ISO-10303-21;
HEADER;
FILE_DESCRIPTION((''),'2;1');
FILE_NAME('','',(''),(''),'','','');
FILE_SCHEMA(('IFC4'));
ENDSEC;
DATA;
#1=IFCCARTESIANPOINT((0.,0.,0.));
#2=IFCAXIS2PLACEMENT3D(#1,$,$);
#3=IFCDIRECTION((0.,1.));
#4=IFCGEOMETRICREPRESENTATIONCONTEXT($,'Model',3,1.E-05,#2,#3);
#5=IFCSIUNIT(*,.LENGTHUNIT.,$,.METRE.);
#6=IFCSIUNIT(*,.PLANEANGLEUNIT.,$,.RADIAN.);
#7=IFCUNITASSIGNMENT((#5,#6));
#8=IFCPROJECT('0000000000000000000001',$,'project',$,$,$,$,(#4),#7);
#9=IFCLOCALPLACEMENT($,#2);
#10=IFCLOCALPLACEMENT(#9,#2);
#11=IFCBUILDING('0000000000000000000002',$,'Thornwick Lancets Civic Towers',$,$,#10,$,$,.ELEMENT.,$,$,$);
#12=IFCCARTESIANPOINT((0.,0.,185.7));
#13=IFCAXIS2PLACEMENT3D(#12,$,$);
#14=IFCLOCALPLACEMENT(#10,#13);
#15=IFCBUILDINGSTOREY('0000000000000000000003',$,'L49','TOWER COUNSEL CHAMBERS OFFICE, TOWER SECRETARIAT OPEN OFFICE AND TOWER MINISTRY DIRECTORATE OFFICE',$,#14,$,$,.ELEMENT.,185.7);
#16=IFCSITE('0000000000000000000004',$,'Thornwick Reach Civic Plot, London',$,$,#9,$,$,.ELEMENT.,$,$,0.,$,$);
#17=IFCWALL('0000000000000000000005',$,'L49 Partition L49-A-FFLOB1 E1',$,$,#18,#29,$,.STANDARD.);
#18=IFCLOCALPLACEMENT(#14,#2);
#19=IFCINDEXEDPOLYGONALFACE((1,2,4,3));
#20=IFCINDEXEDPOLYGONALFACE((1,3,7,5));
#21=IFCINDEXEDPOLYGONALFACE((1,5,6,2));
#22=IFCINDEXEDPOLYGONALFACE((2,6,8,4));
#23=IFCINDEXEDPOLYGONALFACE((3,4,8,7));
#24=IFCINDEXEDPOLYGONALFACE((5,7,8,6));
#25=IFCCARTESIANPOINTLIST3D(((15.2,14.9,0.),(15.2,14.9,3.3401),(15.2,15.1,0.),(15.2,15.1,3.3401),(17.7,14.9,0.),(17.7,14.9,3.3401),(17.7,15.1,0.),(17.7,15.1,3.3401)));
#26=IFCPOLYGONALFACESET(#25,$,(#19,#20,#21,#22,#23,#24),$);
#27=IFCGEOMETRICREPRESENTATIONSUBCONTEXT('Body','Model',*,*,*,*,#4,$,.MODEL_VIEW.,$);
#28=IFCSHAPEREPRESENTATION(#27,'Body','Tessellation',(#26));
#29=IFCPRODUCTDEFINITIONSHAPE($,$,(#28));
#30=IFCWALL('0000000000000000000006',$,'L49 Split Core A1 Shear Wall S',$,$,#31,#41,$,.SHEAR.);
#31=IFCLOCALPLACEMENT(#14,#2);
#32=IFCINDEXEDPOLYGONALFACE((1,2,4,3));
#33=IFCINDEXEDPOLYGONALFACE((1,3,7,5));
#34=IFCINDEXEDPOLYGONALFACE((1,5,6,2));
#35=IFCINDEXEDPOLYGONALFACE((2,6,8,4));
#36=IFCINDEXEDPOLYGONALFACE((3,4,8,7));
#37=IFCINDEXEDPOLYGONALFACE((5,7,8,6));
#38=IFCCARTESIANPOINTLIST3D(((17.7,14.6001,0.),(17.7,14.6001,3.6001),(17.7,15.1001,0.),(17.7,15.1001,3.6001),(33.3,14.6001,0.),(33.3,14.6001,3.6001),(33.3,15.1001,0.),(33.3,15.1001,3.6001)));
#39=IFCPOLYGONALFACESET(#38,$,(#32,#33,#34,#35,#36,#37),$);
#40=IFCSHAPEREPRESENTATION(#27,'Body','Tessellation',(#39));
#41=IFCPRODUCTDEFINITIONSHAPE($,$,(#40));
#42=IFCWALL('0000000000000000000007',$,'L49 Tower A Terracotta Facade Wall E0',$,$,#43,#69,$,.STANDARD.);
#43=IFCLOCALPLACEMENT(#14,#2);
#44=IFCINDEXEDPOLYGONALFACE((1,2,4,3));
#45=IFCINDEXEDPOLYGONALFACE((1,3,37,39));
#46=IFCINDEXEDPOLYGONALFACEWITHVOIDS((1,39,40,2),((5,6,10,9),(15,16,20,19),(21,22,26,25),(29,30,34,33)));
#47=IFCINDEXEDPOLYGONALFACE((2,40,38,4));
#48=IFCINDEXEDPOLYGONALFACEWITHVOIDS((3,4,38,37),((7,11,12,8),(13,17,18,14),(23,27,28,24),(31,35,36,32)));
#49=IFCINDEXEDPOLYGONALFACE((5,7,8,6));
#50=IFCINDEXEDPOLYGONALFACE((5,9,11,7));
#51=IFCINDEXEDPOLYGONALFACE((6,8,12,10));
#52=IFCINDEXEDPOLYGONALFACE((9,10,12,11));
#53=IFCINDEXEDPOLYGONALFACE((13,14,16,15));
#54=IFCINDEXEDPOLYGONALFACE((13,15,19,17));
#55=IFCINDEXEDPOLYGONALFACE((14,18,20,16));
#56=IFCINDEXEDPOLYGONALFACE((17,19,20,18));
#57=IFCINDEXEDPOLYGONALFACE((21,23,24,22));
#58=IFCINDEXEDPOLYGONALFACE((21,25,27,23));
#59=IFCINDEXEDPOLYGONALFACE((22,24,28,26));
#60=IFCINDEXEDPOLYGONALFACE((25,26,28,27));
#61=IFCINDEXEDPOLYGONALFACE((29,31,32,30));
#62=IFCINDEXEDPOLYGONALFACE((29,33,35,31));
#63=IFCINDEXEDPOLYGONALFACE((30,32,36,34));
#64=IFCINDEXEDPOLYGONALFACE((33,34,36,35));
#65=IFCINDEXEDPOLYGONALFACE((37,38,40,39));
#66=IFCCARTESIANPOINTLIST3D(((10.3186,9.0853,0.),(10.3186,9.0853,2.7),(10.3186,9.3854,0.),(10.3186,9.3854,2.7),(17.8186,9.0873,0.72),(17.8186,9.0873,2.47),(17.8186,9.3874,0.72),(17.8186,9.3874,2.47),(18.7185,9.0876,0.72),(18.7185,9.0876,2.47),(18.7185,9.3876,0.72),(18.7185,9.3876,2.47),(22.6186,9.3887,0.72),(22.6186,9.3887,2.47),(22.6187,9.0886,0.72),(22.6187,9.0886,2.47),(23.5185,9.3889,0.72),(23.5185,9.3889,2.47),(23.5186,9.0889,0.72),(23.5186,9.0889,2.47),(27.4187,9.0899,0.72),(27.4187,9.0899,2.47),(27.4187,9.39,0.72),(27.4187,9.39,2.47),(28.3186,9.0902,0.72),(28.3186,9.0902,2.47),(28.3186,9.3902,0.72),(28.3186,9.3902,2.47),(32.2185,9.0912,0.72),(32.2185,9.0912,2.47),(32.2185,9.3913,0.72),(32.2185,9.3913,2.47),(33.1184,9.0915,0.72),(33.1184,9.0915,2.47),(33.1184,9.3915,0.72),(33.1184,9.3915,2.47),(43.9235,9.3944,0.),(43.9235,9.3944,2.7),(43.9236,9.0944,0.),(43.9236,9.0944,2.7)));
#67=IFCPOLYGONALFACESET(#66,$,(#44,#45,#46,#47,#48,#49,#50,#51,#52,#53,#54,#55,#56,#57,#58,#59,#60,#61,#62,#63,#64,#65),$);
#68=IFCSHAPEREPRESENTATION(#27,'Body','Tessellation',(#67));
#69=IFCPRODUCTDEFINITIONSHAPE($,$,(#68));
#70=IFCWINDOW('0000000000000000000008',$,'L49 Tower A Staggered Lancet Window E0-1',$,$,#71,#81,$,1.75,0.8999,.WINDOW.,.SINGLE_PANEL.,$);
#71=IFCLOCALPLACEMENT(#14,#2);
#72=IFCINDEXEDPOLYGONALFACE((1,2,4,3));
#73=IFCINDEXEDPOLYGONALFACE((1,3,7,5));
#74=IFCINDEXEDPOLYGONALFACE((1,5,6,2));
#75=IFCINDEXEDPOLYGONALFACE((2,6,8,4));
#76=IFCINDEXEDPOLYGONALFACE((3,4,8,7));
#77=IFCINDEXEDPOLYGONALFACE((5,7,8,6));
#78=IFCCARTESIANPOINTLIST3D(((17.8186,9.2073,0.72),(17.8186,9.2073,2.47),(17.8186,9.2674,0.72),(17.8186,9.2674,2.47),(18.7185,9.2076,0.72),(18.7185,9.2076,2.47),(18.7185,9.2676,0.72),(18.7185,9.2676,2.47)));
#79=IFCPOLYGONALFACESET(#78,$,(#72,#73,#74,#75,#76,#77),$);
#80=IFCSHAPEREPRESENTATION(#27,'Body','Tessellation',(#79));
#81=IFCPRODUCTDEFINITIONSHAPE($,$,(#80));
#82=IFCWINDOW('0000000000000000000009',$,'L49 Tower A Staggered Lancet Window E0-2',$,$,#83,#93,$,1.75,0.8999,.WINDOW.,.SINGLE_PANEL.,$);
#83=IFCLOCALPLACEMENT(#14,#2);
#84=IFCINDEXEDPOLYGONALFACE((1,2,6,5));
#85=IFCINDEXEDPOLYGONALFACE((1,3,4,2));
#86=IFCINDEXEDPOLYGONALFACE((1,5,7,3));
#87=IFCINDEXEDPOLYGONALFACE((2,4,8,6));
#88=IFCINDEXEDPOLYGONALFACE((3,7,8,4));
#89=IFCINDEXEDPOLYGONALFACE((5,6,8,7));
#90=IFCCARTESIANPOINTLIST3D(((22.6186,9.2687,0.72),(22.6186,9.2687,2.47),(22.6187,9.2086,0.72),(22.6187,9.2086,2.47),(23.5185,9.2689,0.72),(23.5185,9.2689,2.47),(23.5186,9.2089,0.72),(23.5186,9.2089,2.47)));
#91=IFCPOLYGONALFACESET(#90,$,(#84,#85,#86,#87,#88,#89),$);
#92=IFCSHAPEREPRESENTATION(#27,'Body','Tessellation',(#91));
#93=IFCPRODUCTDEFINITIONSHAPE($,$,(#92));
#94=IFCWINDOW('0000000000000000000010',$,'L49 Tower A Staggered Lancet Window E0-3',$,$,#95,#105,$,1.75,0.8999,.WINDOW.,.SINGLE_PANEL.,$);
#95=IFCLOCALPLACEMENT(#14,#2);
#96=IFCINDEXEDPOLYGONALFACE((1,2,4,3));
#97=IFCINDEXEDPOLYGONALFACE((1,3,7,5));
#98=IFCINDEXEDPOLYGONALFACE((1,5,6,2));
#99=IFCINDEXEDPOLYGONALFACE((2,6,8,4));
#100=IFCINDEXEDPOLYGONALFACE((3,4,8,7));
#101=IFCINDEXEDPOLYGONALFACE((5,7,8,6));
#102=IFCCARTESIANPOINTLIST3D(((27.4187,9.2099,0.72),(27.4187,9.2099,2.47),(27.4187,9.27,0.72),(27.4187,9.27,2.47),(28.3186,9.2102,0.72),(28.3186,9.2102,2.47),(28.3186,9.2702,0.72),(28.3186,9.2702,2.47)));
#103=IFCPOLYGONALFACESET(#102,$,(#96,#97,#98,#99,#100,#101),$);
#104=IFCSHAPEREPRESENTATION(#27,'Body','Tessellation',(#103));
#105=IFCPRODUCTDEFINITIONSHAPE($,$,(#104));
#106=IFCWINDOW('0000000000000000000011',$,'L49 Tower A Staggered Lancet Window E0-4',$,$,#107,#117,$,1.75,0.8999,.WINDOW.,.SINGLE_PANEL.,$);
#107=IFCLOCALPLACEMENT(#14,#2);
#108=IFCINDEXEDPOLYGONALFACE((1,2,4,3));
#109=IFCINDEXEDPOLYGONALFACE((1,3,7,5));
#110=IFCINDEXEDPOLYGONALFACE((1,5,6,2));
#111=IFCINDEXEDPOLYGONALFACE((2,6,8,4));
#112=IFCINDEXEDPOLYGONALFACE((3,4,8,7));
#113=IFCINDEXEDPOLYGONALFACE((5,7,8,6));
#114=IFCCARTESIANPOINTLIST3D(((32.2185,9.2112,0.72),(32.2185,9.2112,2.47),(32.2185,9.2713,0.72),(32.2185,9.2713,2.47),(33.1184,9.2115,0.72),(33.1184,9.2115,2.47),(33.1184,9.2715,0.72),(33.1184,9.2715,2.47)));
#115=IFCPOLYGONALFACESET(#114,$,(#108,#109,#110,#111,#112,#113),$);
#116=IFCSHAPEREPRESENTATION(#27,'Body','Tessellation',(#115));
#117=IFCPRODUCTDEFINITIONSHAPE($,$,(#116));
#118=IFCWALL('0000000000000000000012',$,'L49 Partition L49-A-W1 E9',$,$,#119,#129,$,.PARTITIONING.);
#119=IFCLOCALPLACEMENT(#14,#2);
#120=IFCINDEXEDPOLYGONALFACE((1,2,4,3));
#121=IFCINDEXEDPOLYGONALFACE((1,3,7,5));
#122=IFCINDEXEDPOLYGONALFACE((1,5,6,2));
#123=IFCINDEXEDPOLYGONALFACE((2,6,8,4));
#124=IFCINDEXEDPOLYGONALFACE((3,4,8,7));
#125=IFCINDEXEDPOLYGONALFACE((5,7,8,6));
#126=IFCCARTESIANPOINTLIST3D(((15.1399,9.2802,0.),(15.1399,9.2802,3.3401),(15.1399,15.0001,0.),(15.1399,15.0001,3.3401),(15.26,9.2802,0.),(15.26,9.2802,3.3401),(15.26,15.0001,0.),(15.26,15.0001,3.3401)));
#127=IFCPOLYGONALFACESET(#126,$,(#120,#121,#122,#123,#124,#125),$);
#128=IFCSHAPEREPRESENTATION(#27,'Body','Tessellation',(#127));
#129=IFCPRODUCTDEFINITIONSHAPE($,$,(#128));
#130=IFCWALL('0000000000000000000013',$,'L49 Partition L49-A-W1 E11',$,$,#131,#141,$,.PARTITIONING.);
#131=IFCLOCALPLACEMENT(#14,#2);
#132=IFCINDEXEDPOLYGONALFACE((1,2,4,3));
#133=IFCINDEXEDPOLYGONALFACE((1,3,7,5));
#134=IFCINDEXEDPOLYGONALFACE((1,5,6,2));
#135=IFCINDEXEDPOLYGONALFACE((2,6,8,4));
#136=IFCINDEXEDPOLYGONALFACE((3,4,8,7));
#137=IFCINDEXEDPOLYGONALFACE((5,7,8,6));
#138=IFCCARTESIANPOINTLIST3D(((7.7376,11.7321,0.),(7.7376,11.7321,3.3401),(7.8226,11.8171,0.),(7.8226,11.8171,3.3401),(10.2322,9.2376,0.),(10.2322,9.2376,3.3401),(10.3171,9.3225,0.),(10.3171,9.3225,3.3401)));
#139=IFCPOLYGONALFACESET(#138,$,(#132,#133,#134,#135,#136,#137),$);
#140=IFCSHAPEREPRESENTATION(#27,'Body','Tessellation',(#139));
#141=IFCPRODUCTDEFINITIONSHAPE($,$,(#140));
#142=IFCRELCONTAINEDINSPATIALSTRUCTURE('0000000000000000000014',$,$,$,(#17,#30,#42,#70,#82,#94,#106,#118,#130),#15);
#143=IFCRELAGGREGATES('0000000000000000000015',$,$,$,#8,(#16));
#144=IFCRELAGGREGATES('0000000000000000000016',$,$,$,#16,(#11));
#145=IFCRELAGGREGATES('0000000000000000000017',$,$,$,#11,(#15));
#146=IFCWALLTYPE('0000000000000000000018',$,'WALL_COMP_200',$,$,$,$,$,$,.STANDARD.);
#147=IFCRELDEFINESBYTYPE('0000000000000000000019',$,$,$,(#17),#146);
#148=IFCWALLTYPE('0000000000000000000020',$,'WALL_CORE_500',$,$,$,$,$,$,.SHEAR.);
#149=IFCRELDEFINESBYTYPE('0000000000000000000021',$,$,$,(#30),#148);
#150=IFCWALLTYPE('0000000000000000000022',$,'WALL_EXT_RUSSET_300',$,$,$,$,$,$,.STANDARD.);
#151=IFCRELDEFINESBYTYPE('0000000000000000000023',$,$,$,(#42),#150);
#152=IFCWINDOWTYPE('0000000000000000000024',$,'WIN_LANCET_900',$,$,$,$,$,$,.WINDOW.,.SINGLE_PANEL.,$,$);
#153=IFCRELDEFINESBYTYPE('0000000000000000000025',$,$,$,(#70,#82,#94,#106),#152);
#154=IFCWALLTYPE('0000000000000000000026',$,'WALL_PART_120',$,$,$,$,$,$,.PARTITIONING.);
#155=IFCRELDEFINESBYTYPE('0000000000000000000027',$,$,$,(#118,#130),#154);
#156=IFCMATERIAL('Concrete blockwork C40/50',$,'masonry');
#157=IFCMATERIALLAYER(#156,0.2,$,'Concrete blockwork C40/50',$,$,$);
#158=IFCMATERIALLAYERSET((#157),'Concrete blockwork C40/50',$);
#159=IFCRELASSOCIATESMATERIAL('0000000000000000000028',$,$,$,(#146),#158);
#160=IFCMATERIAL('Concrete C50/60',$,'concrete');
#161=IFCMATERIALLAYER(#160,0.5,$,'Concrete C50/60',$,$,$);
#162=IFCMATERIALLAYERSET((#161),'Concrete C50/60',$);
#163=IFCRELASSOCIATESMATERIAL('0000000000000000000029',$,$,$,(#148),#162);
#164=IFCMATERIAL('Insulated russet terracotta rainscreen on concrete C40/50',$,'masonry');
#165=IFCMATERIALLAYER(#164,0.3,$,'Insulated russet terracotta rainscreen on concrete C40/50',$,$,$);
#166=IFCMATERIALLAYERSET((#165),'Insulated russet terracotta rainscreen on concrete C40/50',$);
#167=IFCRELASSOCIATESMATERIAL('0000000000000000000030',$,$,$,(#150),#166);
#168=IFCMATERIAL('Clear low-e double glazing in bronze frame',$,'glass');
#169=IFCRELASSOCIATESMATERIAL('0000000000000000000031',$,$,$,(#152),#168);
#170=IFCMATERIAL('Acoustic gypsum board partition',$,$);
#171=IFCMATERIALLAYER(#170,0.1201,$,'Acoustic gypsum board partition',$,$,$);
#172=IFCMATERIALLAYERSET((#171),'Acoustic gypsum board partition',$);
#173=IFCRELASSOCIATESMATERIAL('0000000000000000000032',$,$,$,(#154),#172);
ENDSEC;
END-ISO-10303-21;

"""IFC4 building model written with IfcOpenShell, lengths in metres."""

from ifc_helpers import new_model, si_unit, direction, frame, frame_2d, origin, place, context, subcontext, project, spatial, rectangle, extrude, material, layer, layer_set, type_object, element, fill, save


model = new_model("IFC4")

# Units and contexts
model_context = context("Model", 3, precision=1e-05, world=origin(), true_north=direction((0.0, 1.0)))
body_context = subcontext(model_context, "Body", "Model", "MODEL_VIEW")
ifc_project = project(units=[si_unit("LENGTHUNIT", "METRE"), si_unit("PLANEANGLEUNIT", "RADIAN")], contexts=[model_context])

# Site, building, storey
site_placement = place(None, origin())
site = spatial("IfcSite", under=ifc_project, at=site_placement, Name="Thornwick Reach Civic Plot, London", CompositionType="ELEMENT", RefElevation=0.0)
building_placement = place(site_placement, origin())
building = spatial("IfcBuilding", under=site, at=building_placement, Name="Thornwick Lancets Civic Towers", CompositionType="ELEMENT")
storey_placement = place(building_placement, frame((0.0, 0.0, 185.7)))
storey = spatial("IfcBuildingStorey", under=building, at=storey_placement, Name="L49", Description="TOWER COUNSEL CHAMBERS OFFICE, TOWER SECRETARIAT OPEN OFFICE AND TOWER MINISTRY DIRECTORATE OFFICE", CompositionType="ELEMENT", Elevation=185.7)

# Shared definitions
ifc_material_1 = material(Name="Concrete C50/60", Category="concrete")

# Walls
ifc_material_2 = material(Name="Concrete blockwork C40/50", Category="masonry")
ifc_layer_1 = layer(ifc_material_2, 0.2, Name="Concrete blockwork C40/50")
ifc_layer_set_1 = layer_set([ifc_layer_1], Name="Concrete blockwork C40/50")
wall_type_1 = type_object("IfcWallType", Name="WALL_COMP_200", PredefinedType="STANDARD", material=ifc_layer_set_1)
wall_1_placement = place(storey_placement, frame((15.2, 15.0, 0.0), z_axis=(0.0, 0.0, 1.0), x_axis=(1.0, 0.0, 0.0)))
element("IfcWall", 1, at=wall_1_placement, inside=storey, type_object=wall_type_1, Name="L49 Partition L49-A-FFLOB1 E1", PredefinedType="STANDARD", context=body_context, shape_type="SweptSolid", body=[
    extrude(rectangle(XDim=2.5, YDim=0.2, at=frame_2d((1.25, 0.0))), origin(), (0.0, 0.0, 1.0), 3.3401),
])
ifc_layer_2 = layer(ifc_material_1, 0.5, Name="Concrete C50/60")
ifc_layer_set_2 = layer_set([ifc_layer_2], Name="Concrete C50/60")
wall_type_2 = type_object("IfcWallType", Name="WALL_CORE_500", PredefinedType="SHEAR", material=ifc_layer_set_2)
wall_2_placement = place(storey_placement, frame((17.7, 14.8501, 0.0), z_axis=(0.0, 0.0, 1.0), x_axis=(1.0, 0.0, 0.0)))
element("IfcWall", 2, at=wall_2_placement, inside=storey, type_object=wall_type_2, Name="L49 Split Core A1 Shear Wall S", PredefinedType="SHEAR", context=body_context, shape_type="SweptSolid", body=[
    extrude(rectangle(XDim=15.6001, YDim=0.5, at=frame_2d((7.8, 0.0))), origin(), (0.0, 0.0, 1.0), 3.6001),
])

# Wall, openings, windows
ifc_material_3 = material(Name="Insulated russet terracotta rainscreen on concrete C40/50", Category="masonry")
ifc_layer_3 = layer(ifc_material_3, 0.3, Name="Insulated russet terracotta rainscreen on concrete C40/50")
ifc_layer_set_3 = layer_set([ifc_layer_3], Name="Insulated russet terracotta rainscreen on concrete C40/50")
wall_type_3 = type_object("IfcWallType", Name="WALL_EXT_RUSSET_300", PredefinedType="STANDARD", material=ifc_layer_set_3)
wall_3_placement = place(storey_placement, frame((10.3186, 9.2354, 0.0), z_axis=(0.0, 0.0, 1.0), x_axis=(1.0, 0.000269, 0.0)))
wall_3 = element("IfcWall", 3, at=wall_3_placement, inside=storey, type_object=wall_type_3, Name="L49 Tower A Terracotta Facade Wall E0", PredefinedType="STANDARD", context=body_context, shape_type="SweptSolid", body=[
    extrude(rectangle(XDim=33.605, YDim=0.3, at=frame_2d((16.8025, 0.0))), origin(), (0.0, 0.0, 1.0), 2.7),
])
opening_1_placement = place(wall_3_placement, frame((7.5, 0.0, 0.72)))
opening_1 = element("IfcOpeningElement", 4, at=opening_1_placement, cuts=wall_3, PredefinedType="OPENING", context=body_context, shape_type="SweptSolid", body=[
    extrude(rectangle(XDim=0.8999, YDim=1.75, at=frame_2d((0.45, 0.875))), frame((0.0, 0.1602, 0.0), z_axis=(0.0, -1.0, 0.0), x_axis=(1.0, 0.0, 0.0)), (0.0, 0.0, 1.0), 0.3201),
])
opening_2_placement = place(wall_3_placement, frame((12.3, 0.0, 0.72)))
opening_2 = element("IfcOpeningElement", 5, at=opening_2_placement, cuts=wall_3, PredefinedType="OPENING", context=body_context, shape_type="SweptSolid", body=[
    extrude(rectangle(XDim=0.8999, YDim=1.75, at=frame_2d((0.45, 0.875))), frame((0.0, 0.1602, 0.0), z_axis=(0.0, -1.0, 0.0), x_axis=(1.0, 0.0, 0.0)), (0.0, 0.0, 1.0), 0.3201),
])
opening_3_placement = place(wall_3_placement, frame((17.1001, 0.0, 0.72)))
opening_3 = element("IfcOpeningElement", 6, at=opening_3_placement, cuts=wall_3, PredefinedType="OPENING", context=body_context, shape_type="SweptSolid", body=[
    extrude(rectangle(XDim=0.8999, YDim=1.75, at=frame_2d((0.45, 0.875))), frame((0.0, 0.1602, 0.0), z_axis=(0.0, -1.0, 0.0), x_axis=(1.0, 0.0, 0.0)), (0.0, 0.0, 1.0), 0.3201),
])
opening_4_placement = place(wall_3_placement, frame((21.8999, 0.0, 0.72)))
opening_4 = element("IfcOpeningElement", 7, at=opening_4_placement, cuts=wall_3, PredefinedType="OPENING", context=body_context, shape_type="SweptSolid", body=[
    extrude(rectangle(XDim=0.8999, YDim=1.75, at=frame_2d((0.45, 0.875))), frame((0.0, 0.1602, 0.0), z_axis=(0.0, -1.0, 0.0), x_axis=(1.0, 0.0, 0.0)), (0.0, 0.0, 1.0), 0.3201),
])
ifc_material_4 = material(Name="Clear low-e double glazing in bronze frame", Category="glass")
window_type = type_object("IfcWindowType", Name="WIN_LANCET_900", PartitioningType="SINGLE_PANEL", PredefinedType="WINDOW", material=ifc_material_4)
window_1_placement = place(opening_1_placement, origin())
window_1 = element("IfcWindow", 8, at=window_1_placement, inside=storey, type_object=window_type, Name="L49 Tower A Staggered Lancet Window E0-1", OverallHeight=1.75, OverallWidth=0.8999, PartitioningType="SINGLE_PANEL", PredefinedType="WINDOW", context=body_context, shape_type="SweptSolid", body=[
    extrude(rectangle(XDim=0.8999, YDim=1.75, at=frame_2d((0.45, 0.875))), frame((0.0, 0.03, 0.0), z_axis=(0.0, -1.0, 0.0), x_axis=(1.0, 0.0, 0.0)), (0.0, 0.0, 1.0), 0.0601),
])
fill(opening_1, window_1)
window_2_placement = place(opening_2_placement, origin())
window_2 = element("IfcWindow", 9, at=window_2_placement, inside=storey, type_object=window_type, Name="L49 Tower A Staggered Lancet Window E0-2", OverallHeight=1.75, OverallWidth=0.8999, PartitioningType="SINGLE_PANEL", PredefinedType="WINDOW", context=body_context, shape_type="SweptSolid", body=[
    extrude(rectangle(XDim=0.8999, YDim=1.75, at=frame_2d((0.45, 0.875))), frame((0.0, 0.03, 0.0), z_axis=(0.0, -1.0, 0.0), x_axis=(1.0, 0.0, 0.0)), (0.0, 0.0, 1.0), 0.0601),
])
fill(opening_2, window_2)
window_3_placement = place(opening_3_placement, origin())
window_3 = element("IfcWindow", 10, at=window_3_placement, inside=storey, type_object=window_type, Name="L49 Tower A Staggered Lancet Window E0-3", OverallHeight=1.75, OverallWidth=0.8999, PartitioningType="SINGLE_PANEL", PredefinedType="WINDOW", context=body_context, shape_type="SweptSolid", body=[
    extrude(rectangle(XDim=0.8999, YDim=1.75, at=frame_2d((0.45, 0.875))), frame((0.0, 0.03, 0.0), z_axis=(0.0, -1.0, 0.0), x_axis=(1.0, 0.0, 0.0)), (0.0, 0.0, 1.0), 0.0601),
])
fill(opening_3, window_3)
window_4_placement = place(opening_4_placement, origin())
window_4 = element("IfcWindow", 11, at=window_4_placement, inside=storey, type_object=window_type, Name="L49 Tower A Staggered Lancet Window E0-4", OverallHeight=1.75, OverallWidth=0.8999, PartitioningType="SINGLE_PANEL", PredefinedType="WINDOW", context=body_context, shape_type="SweptSolid", body=[
    extrude(rectangle(XDim=0.8999, YDim=1.75, at=frame_2d((0.45, 0.875))), frame((0.0, 0.03, 0.0), z_axis=(0.0, -1.0, 0.0), x_axis=(1.0, 0.0, 0.0)), (0.0, 0.0, 1.0), 0.0601),
])
fill(opening_4, window_4)

# Walls
ifc_material_5 = material(Name="Acoustic gypsum board partition")
ifc_layer_4 = layer(ifc_material_5, 0.1201, Name="Acoustic gypsum board partition")
ifc_layer_set_4 = layer_set([ifc_layer_4], Name="Acoustic gypsum board partition")
wall_type_4 = type_object("IfcWallType", Name="WALL_PART_120", PredefinedType="PARTITIONING", material=ifc_layer_set_4)
wall_4_placement = place(storey_placement, frame((15.2, 15.0, 0.0), z_axis=(0.0, 0.0, 1.0), x_axis=(0.0, -1.0, 0.0)))
element("IfcWall", 12, at=wall_4_placement, inside=storey, type_object=wall_type_4, Name="L49 Partition L49-A-W1 E9", PredefinedType="PARTITIONING", context=body_context, shape_type="SweptSolid", body=[
    extrude(rectangle(XDim=5.72, YDim=0.1201, at=frame_2d((2.8599, 0.0))), origin(), (0.0, 0.0, 1.0), 3.3401),
])
wall_5_placement = place(storey_placement, frame((10.2747, 9.28, 0.0), z_axis=(0.0, 0.0, 1.0), x_axis=(-0.707107, 0.707107, 0.0)))
element("IfcWall", 13, at=wall_5_placement, inside=storey, type_object=wall_type_4, Name="L49 Partition L49-A-W1 E11", PredefinedType="PARTITIONING", context=body_context, shape_type="SweptSolid", body=[
    extrude(rectangle(XDim=3.5278, YDim=0.1201, at=frame_2d((1.7639, 0.0))), origin(), (0.0, 0.0, 1.0), 3.3401),
])

save(model, "model.ifc")
